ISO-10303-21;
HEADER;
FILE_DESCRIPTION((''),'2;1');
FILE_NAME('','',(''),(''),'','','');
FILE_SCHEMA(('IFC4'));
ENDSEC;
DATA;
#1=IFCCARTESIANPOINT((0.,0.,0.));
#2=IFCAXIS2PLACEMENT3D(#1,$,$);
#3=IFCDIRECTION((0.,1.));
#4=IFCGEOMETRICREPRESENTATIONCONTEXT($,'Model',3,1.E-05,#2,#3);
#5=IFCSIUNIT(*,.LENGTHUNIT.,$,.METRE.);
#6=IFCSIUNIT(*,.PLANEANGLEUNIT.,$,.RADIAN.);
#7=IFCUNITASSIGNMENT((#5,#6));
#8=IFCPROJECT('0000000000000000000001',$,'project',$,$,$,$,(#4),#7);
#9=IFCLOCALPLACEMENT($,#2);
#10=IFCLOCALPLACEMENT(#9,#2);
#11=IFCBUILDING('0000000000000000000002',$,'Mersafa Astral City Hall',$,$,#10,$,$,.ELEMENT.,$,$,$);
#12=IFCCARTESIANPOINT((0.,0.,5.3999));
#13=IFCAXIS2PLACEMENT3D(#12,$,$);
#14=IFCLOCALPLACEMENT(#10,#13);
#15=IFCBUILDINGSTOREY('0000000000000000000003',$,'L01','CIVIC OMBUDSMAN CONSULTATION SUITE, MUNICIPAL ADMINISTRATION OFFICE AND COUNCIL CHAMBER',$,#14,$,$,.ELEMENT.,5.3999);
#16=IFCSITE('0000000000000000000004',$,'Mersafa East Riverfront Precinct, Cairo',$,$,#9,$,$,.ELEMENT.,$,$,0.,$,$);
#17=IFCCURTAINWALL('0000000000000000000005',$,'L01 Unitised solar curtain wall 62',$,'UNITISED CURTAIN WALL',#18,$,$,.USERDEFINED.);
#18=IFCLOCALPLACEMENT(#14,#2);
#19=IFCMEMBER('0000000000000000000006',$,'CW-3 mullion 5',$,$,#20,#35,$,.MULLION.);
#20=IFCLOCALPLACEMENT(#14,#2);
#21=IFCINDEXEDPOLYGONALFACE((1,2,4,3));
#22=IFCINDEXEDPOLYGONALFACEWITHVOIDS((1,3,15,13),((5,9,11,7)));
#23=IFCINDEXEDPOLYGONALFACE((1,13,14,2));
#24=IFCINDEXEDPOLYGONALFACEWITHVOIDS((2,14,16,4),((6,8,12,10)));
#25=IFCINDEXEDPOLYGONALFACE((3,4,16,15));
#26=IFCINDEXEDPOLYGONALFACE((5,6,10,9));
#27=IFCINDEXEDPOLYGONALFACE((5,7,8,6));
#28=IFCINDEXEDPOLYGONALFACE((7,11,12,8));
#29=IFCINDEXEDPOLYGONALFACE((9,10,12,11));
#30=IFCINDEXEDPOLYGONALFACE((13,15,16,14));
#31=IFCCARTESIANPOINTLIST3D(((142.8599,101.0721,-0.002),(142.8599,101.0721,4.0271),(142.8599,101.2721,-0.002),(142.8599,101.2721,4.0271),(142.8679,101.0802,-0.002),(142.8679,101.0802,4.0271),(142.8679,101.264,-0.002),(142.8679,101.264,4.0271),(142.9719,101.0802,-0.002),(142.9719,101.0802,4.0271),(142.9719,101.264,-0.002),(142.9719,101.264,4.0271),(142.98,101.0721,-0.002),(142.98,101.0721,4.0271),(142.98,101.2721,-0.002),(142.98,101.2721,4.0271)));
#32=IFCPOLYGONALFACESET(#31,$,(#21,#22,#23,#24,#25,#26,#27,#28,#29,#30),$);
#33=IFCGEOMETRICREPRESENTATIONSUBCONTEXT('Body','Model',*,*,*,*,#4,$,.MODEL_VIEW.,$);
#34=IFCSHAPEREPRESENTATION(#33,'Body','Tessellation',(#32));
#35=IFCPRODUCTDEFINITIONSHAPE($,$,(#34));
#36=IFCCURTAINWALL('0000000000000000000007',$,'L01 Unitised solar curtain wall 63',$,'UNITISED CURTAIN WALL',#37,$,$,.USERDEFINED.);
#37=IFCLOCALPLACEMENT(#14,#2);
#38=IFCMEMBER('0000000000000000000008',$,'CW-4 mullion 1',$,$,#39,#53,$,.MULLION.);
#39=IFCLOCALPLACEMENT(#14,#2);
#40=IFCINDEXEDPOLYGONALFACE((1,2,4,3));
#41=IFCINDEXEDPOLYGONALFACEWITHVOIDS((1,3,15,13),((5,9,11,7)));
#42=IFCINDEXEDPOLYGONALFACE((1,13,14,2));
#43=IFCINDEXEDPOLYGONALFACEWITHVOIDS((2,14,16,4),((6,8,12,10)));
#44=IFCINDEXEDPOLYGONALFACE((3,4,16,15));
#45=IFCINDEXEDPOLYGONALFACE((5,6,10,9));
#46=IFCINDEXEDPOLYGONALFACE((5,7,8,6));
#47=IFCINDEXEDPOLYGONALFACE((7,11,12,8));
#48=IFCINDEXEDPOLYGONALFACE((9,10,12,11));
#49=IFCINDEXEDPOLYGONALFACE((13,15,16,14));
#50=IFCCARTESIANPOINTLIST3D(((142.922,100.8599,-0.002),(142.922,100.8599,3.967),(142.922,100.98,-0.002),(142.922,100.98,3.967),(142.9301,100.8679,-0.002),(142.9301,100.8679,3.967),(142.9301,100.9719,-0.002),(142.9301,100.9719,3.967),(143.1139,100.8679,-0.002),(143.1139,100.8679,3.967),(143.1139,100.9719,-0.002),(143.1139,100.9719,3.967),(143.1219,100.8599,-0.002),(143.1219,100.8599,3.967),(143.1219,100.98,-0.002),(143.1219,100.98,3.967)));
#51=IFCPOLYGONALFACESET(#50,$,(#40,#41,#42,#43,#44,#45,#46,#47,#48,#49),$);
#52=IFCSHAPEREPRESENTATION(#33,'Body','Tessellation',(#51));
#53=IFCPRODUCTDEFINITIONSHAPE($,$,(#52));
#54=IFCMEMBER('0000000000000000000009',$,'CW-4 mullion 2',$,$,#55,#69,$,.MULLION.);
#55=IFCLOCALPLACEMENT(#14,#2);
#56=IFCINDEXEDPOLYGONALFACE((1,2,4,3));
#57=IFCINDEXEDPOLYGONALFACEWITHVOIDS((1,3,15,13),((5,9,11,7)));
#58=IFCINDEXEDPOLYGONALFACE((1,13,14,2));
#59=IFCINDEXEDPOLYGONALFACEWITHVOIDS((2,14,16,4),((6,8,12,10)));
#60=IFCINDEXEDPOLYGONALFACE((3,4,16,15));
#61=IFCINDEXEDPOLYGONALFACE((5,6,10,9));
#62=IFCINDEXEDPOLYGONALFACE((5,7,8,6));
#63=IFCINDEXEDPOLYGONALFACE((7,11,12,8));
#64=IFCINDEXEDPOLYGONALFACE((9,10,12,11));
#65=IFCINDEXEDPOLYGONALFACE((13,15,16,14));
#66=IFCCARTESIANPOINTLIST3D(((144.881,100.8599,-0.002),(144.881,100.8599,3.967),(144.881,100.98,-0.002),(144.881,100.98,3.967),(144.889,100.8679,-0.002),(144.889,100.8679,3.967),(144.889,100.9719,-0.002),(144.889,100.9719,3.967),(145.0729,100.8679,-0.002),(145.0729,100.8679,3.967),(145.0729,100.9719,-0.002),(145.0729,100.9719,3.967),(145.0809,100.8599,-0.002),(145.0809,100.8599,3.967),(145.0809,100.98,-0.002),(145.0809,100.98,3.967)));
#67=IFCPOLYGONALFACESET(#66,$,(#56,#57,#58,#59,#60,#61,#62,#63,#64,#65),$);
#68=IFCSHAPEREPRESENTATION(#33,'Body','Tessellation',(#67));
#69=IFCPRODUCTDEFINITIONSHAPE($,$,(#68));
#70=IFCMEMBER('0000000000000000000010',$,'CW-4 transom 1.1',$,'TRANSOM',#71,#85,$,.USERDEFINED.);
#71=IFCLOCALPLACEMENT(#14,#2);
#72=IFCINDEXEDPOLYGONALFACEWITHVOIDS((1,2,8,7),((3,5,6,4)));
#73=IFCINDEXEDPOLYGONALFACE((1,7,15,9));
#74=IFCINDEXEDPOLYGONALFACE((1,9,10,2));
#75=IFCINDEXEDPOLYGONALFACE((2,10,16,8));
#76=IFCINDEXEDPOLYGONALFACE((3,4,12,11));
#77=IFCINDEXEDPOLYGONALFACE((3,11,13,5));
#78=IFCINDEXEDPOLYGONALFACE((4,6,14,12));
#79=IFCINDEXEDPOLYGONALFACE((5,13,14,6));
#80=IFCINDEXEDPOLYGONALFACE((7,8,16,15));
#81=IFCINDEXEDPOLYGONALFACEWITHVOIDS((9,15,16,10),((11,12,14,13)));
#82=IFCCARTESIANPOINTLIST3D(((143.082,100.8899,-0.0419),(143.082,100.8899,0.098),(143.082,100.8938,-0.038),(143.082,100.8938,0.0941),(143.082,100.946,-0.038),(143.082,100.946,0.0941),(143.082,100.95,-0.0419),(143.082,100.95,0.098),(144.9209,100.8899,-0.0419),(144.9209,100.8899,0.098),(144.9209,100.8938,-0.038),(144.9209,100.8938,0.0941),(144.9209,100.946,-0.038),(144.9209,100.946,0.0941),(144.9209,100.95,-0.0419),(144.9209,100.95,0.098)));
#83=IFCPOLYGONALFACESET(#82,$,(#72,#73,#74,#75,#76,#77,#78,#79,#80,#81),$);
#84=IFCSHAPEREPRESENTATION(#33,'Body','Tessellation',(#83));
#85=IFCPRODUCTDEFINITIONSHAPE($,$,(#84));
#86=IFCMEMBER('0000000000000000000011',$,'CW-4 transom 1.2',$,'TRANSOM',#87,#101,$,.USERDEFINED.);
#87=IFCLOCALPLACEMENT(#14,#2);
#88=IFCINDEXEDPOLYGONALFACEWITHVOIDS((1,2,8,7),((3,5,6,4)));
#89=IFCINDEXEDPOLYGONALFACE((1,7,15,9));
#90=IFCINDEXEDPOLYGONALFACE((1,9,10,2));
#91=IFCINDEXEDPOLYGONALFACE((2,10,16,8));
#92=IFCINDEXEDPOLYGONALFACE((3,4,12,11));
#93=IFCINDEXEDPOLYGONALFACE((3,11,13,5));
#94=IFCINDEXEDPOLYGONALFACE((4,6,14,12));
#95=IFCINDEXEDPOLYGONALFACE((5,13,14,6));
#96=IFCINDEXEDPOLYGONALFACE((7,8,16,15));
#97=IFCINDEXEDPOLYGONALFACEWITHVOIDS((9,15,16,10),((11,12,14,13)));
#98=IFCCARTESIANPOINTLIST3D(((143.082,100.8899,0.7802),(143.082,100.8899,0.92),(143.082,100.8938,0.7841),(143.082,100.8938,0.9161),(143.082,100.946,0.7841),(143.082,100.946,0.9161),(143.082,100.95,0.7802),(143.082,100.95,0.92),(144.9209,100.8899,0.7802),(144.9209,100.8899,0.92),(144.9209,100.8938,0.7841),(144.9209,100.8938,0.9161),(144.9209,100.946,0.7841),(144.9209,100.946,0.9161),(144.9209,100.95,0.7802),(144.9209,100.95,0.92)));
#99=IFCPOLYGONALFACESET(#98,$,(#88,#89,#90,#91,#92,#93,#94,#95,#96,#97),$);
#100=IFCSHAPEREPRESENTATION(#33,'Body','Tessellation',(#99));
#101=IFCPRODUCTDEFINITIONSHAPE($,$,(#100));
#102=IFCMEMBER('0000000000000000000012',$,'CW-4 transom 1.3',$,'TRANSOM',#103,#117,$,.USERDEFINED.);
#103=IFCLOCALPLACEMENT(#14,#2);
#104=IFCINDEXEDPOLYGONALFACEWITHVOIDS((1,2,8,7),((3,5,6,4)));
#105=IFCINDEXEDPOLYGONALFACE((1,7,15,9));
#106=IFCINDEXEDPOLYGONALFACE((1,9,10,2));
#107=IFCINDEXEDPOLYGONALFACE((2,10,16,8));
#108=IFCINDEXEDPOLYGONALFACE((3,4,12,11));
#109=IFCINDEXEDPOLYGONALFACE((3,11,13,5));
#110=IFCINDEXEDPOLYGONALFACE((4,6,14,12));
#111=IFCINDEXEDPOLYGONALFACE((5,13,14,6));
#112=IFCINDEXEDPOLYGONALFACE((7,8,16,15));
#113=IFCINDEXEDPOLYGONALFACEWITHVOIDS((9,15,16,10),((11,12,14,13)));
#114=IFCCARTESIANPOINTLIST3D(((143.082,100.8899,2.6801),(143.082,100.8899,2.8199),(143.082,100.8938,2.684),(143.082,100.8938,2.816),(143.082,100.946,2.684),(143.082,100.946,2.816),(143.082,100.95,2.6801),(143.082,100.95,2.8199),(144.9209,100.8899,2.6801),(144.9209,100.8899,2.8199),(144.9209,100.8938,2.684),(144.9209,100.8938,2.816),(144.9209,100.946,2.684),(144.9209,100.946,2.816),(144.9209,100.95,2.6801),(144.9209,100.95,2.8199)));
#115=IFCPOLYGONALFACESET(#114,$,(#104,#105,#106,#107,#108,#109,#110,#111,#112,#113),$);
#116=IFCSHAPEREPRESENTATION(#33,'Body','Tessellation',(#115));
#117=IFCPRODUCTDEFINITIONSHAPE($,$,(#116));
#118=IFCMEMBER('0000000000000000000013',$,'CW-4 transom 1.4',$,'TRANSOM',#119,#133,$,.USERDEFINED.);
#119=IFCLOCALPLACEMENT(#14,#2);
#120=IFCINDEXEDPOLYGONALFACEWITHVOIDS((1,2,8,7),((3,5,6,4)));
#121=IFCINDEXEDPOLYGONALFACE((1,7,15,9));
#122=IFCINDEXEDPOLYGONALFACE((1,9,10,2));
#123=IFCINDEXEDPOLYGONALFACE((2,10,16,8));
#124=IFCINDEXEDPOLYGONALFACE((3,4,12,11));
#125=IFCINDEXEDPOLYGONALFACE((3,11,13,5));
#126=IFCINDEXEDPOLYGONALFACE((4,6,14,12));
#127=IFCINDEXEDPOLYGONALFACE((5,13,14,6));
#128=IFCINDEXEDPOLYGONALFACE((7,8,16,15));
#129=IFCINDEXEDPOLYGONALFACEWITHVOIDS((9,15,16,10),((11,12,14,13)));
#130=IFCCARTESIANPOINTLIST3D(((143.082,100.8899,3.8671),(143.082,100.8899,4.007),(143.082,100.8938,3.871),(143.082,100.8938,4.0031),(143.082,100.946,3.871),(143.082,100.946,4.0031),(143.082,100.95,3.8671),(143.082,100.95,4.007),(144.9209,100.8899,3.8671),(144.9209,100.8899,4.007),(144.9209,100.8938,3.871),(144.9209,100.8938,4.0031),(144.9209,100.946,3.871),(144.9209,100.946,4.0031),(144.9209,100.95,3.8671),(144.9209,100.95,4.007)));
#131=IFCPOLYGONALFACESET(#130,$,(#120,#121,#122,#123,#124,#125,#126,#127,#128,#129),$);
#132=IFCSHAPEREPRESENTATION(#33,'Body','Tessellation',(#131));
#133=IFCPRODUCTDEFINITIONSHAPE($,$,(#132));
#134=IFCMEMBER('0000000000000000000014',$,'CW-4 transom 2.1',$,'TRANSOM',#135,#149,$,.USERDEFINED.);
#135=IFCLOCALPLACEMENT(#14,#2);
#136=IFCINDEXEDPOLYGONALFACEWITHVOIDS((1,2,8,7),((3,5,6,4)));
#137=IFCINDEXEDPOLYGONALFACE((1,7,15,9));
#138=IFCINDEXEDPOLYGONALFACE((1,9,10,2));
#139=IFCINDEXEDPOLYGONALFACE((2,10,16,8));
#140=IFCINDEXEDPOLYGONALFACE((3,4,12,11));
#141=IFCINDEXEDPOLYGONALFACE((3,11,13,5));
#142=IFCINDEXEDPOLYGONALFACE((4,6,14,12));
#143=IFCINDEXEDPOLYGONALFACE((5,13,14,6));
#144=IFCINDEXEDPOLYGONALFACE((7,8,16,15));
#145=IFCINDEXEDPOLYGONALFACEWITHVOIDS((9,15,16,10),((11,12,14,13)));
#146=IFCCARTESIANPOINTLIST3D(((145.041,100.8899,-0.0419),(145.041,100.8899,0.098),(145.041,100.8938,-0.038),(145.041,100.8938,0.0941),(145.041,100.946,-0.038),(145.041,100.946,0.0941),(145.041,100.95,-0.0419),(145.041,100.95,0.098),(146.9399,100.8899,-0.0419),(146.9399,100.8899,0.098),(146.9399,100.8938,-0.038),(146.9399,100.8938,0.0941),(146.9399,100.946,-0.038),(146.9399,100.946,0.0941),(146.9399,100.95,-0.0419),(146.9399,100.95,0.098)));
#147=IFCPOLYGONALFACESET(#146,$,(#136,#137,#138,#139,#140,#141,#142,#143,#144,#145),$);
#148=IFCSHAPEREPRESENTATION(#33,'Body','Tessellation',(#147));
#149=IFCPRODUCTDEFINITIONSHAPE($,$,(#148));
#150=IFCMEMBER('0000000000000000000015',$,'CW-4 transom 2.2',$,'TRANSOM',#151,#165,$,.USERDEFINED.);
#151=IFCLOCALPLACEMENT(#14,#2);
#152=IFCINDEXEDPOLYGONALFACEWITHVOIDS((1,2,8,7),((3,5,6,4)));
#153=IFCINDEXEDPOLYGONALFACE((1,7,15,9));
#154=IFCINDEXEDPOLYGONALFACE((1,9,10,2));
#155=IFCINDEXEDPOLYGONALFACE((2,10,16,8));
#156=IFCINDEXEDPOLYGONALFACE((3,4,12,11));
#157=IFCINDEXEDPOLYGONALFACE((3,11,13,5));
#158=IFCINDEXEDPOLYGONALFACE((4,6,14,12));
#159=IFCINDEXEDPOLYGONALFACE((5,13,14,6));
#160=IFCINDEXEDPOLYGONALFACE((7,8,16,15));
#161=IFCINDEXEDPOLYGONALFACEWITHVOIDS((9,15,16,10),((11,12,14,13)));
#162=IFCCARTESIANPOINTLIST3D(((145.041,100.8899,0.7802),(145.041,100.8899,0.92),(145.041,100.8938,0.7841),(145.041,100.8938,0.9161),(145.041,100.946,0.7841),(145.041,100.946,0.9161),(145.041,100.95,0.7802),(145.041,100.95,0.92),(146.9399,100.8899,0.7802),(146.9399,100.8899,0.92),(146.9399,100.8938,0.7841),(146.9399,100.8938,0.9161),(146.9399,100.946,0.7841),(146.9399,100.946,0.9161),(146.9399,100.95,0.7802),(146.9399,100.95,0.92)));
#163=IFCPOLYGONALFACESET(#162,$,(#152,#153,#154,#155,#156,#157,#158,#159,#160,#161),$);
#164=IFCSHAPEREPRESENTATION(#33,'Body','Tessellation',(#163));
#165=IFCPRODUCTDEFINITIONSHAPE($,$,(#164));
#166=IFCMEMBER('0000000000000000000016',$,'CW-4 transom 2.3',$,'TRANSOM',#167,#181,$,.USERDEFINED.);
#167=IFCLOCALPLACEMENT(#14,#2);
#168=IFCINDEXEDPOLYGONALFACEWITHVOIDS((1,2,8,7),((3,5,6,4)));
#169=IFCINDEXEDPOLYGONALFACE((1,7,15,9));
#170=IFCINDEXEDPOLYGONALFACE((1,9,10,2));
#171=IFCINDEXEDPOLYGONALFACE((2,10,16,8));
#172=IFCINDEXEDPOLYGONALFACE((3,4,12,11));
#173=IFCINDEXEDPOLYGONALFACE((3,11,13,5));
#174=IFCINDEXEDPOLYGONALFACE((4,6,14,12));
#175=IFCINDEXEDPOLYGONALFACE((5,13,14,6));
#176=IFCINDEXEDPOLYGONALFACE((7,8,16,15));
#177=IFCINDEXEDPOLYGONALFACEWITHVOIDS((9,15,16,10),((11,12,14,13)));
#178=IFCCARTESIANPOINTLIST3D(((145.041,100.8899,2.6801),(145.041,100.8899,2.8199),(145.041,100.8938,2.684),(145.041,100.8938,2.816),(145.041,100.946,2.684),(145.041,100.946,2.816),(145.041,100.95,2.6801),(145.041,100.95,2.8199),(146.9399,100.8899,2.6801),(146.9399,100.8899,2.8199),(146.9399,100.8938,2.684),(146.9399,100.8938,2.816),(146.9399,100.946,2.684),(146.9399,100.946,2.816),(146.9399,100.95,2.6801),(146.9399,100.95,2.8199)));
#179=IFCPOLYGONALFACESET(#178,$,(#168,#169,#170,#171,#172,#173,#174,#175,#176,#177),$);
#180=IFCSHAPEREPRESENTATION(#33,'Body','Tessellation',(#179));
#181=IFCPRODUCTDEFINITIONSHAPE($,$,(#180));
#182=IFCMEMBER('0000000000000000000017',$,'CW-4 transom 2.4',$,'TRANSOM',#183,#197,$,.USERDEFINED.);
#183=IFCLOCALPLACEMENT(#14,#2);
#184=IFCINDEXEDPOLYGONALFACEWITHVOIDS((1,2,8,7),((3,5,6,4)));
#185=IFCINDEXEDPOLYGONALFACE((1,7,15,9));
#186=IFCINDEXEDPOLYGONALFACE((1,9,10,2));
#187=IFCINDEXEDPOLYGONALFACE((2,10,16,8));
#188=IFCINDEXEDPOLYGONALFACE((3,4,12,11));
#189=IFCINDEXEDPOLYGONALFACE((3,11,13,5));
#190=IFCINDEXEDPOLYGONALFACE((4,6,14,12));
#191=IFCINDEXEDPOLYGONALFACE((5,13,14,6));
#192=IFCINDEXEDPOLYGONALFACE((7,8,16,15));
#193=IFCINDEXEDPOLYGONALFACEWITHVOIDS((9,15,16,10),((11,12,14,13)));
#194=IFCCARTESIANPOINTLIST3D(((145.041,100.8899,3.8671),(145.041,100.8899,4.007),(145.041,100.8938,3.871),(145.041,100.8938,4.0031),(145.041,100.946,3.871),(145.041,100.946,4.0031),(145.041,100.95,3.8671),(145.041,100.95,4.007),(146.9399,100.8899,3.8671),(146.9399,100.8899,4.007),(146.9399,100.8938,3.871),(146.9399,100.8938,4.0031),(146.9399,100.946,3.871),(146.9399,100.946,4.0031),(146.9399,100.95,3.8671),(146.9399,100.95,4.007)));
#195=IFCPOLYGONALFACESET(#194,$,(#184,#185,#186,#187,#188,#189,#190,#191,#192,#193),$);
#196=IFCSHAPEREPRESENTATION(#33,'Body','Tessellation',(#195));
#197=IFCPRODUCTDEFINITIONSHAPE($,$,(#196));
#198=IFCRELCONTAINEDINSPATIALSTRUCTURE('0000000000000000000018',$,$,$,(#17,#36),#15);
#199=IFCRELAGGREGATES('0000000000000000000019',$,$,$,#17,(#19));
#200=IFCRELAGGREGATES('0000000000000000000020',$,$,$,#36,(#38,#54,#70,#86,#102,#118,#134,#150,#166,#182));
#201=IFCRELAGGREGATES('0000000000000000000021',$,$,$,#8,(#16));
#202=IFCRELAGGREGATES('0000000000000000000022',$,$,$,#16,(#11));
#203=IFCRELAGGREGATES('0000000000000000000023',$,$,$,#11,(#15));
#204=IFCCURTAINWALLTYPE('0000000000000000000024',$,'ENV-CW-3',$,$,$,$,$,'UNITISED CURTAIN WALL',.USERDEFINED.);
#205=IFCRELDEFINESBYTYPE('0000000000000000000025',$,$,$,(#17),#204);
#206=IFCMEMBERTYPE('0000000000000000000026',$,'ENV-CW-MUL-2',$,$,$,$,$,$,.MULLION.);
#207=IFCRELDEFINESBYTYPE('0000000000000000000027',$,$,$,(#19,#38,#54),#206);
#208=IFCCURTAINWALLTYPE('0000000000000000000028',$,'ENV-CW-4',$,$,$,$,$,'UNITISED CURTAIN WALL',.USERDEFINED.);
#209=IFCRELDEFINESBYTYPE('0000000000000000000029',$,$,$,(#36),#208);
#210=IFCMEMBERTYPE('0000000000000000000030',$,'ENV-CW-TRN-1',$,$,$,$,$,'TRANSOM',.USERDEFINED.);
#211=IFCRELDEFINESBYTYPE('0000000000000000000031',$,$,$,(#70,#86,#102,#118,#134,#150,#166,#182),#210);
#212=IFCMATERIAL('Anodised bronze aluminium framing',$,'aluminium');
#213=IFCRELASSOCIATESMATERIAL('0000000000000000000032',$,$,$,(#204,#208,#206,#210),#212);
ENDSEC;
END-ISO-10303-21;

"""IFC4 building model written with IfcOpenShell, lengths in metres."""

from ifc_helpers import new_model, si_unit, direction, frame, origin, origin_2d, place, context, subcontext, project, spatial, hollow_rectangle, extrude, material, material_profile, profile_set, type_object, element, aggregate, save


model = new_model("IFC4")

# Units and contexts
model_context = context("Model", 3, precision=1e-05, world=origin(), true_north=direction((0.0, 1.0)))
body_context = subcontext(model_context, "Body", "Model", "MODEL_VIEW")
ifc_project = project(units=[si_unit("LENGTHUNIT", "METRE"), si_unit("PLANEANGLEUNIT", "RADIAN")], contexts=[model_context])

# Site, building, storey
site_placement = place(None, origin())
site = spatial("IfcSite", under=ifc_project, at=site_placement, Name="Mersafa East Riverfront Precinct, Cairo", CompositionType="ELEMENT", RefElevation=0.0)
building_placement = place(site_placement, origin())
building = spatial("IfcBuilding", under=site, at=building_placement, Name="Mersafa Astral City Hall", CompositionType="ELEMENT")
storey_placement = place(building_placement, frame((0.0, 0.0, 5.3999)))
storey = spatial("IfcBuildingStorey", under=building, at=storey_placement, Name="L01", Description="CIVIC OMBUDSMAN CONSULTATION SUITE, MUNICIPAL ADMINISTRATION OFFICE AND COUNCIL CHAMBER", CompositionType="ELEMENT", Elevation=5.3999)

# Curtain wall, member
ifc_material_1 = material(Name="Anodised bronze aluminium framing", Category="aluminium")
curtain_wall_type_1 = type_object("IfcCurtainWallType", Name="ENV-CW-3", ElementType="UNITISED CURTAIN WALL", PredefinedType="USERDEFINED", material=ifc_material_1)
curtain_wall_1_placement = place(storey_placement, origin())
curtain_wall_1 = element("IfcCurtainWall", 1, at=curtain_wall_1_placement, inside=storey, type_object=curtain_wall_type_1, Name="L01 Unitised solar curtain wall 62", ObjectType="UNITISED CURTAIN WALL", PredefinedType="USERDEFINED")
ifc_material_profile_1 = material_profile(ifc_material_1, hollow_rectangle(XDim=0.1201, YDim=0.2, WallThickness=0.0081, at=origin_2d()), Name="RHS 120x200x8")
ifc_profile_set_1 = profile_set([ifc_material_profile_1], Name="Anodised bronze aluminium framing")
member_type_1 = type_object("IfcMemberType", Name="ENV-CW-MUL-2", PredefinedType="MULLION", material=ifc_profile_set_1)
member_1_placement = place(storey_placement, frame((142.9199, 101.1721, -0.002), z_axis=(0.0, 0.0, 1.0), x_axis=(1.0, 0.0, 0.0)))
member_1 = element("IfcMember", 2, at=member_1_placement, type_object=member_type_1, Name="CW-3 mullion 5", PredefinedType="MULLION", context=body_context, shape_type="SweptSolid", body=[
    extrude(hollow_rectangle(XDim=0.1201, YDim=0.2, WallThickness=0.0081, at=origin_2d()), origin(), (0.0, 0.0, 1.0), 4.0291),
])

# Curtain wall, members
curtain_wall_type_2 = type_object("IfcCurtainWallType", Name="ENV-CW-4", ElementType="UNITISED CURTAIN WALL", PredefinedType="USERDEFINED", material=ifc_material_1)
curtain_wall_2_placement = place(storey_placement, origin())
curtain_wall_2 = element("IfcCurtainWall", 3, at=curtain_wall_2_placement, inside=storey, type_object=curtain_wall_type_2, Name="L01 Unitised solar curtain wall 63", ObjectType="UNITISED CURTAIN WALL", PredefinedType="USERDEFINED")
member_2_placement = place(storey_placement, frame((143.022, 100.9199, -0.002), z_axis=(0.0, 0.0, 1.0), x_axis=(0.0, 1.0, 0.0)))
member_2 = element("IfcMember", 4, at=member_2_placement, type_object=member_type_1, Name="CW-4 mullion 1", PredefinedType="MULLION", context=body_context, shape_type="SweptSolid", body=[
    extrude(hollow_rectangle(XDim=0.1201, YDim=0.2, WallThickness=0.0081, at=origin_2d()), origin(), (0.0, 0.0, 1.0), 3.969),
])
member_3_placement = place(storey_placement, frame((144.981, 100.9199, -0.002), z_axis=(0.0, 0.0, 1.0), x_axis=(0.0, 1.0, 0.0)))
member_3 = element("IfcMember", 5, at=member_3_placement, type_object=member_type_1, Name="CW-4 mullion 2", PredefinedType="MULLION", context=body_context, shape_type="SweptSolid", body=[
    extrude(hollow_rectangle(XDim=0.1201, YDim=0.2, WallThickness=0.0081, at=origin_2d()), origin(), (0.0, 0.0, 1.0), 3.969),
])
ifc_material_profile_2 = material_profile(ifc_material_1, hollow_rectangle(XDim=0.0601, YDim=0.1399, WallThickness=0.0039, at=origin_2d()), Name="RHS 60x140x4")
ifc_profile_set_2 = profile_set([ifc_material_profile_2], Name="Anodised bronze aluminium framing")
member_type_2 = type_object("IfcMemberType", Name="ENV-CW-TRN-1", ElementType="TRANSOM", PredefinedType="USERDEFINED", material=ifc_profile_set_2)
member_4_placement = place(storey_placement, frame((143.082, 100.9199, 0.0281), z_axis=(1.0, 0.0, 0.0), x_axis=(0.0, 1.0, 0.0)))
member_4 = element("IfcMember", 6, at=member_4_placement, type_object=member_type_2, Name="CW-4 transom 1.1", ObjectType="TRANSOM", PredefinedType="USERDEFINED", context=body_context, shape_type="SweptSolid", body=[
    extrude(hollow_rectangle(XDim=0.0601, YDim=0.1399, WallThickness=0.0039, at=origin_2d()), origin(), (0.0, 0.0, 1.0), 1.8389),
])
member_5_placement = place(storey_placement, frame((143.082, 100.9199, 0.8501), z_axis=(1.0, 0.0, 0.0), x_axis=(0.0, 1.0, 0.0)))
member_5 = element("IfcMember", 7, at=member_5_placement, type_object=member_type_2, Name="CW-4 transom 1.2", ObjectType="TRANSOM", PredefinedType="USERDEFINED", context=body_context, shape_type="SweptSolid", body=[
    extrude(hollow_rectangle(XDim=0.0601, YDim=0.1399, WallThickness=0.0039, at=origin_2d()), origin(), (0.0, 0.0, 1.0), 1.8389),
])
member_6_placement = place(storey_placement, frame((143.082, 100.9199, 2.75), z_axis=(1.0, 0.0, 0.0), x_axis=(0.0, 1.0, 0.0)))
member_6 = element("IfcMember", 8, at=member_6_placement, type_object=member_type_2, Name="CW-4 transom 1.3", ObjectType="TRANSOM", PredefinedType="USERDEFINED", context=body_context, shape_type="SweptSolid", body=[
    extrude(hollow_rectangle(XDim=0.0601, YDim=0.1399, WallThickness=0.0039, at=origin_2d()), origin(), (0.0, 0.0, 1.0), 1.8389),
])
member_7_placement = place(storey_placement, frame((143.082, 100.9199, 3.937), z_axis=(1.0, 0.0, 0.0), x_axis=(0.0, 1.0, 0.0)))
member_7 = element("IfcMember", 9, at=member_7_placement, type_object=member_type_2, Name="CW-4 transom 1.4", ObjectType="TRANSOM", PredefinedType="USERDEFINED", context=body_context, shape_type="SweptSolid", body=[
    extrude(hollow_rectangle(XDim=0.0601, YDim=0.1399, WallThickness=0.0039, at=origin_2d()), origin(), (0.0, 0.0, 1.0), 1.8389),
])
member_8_placement = place(storey_placement, frame((145.041, 100.9199, 0.0281), z_axis=(1.0, 0.0, 0.0), x_axis=(0.0, 1.0, 0.0)))
member_8 = element("IfcMember", 10, at=member_8_placement, type_object=member_type_2, Name="CW-4 transom 2.1", ObjectType="TRANSOM", PredefinedType="USERDEFINED", context=body_context, shape_type="SweptSolid", body=[
    extrude(hollow_rectangle(XDim=0.0601, YDim=0.1399, WallThickness=0.0039, at=origin_2d()), origin(), (0.0, 0.0, 1.0), 1.8989),
])
member_9_placement = place(storey_placement, frame((145.041, 100.9199, 0.8501), z_axis=(1.0, 0.0, 0.0), x_axis=(0.0, 1.0, 0.0)))
member_9 = element("IfcMember", 11, at=member_9_placement, type_object=member_type_2, Name="CW-4 transom 2.2", ObjectType="TRANSOM", PredefinedType="USERDEFINED", context=body_context, shape_type="SweptSolid", body=[
    extrude(hollow_rectangle(XDim=0.0601, YDim=0.1399, WallThickness=0.0039, at=origin_2d()), origin(), (0.0, 0.0, 1.0), 1.8989),
])
member_10_placement = place(storey_placement, frame((145.041, 100.9199, 2.75), z_axis=(1.0, 0.0, 0.0), x_axis=(0.0, 1.0, 0.0)))
member_10 = element("IfcMember", 12, at=member_10_placement, type_object=member_type_2, Name="CW-4 transom 2.3", ObjectType="TRANSOM", PredefinedType="USERDEFINED", context=body_context, shape_type="SweptSolid", body=[
    extrude(hollow_rectangle(XDim=0.0601, YDim=0.1399, WallThickness=0.0039, at=origin_2d()), origin(), (0.0, 0.0, 1.0), 1.8989),
])
member_11_placement = place(storey_placement, frame((145.041, 100.9199, 3.937), z_axis=(1.0, 0.0, 0.0), x_axis=(0.0, 1.0, 0.0)))
member_11 = element("IfcMember", 13, at=member_11_placement, type_object=member_type_2, Name="CW-4 transom 2.4", ObjectType="TRANSOM", PredefinedType="USERDEFINED", context=body_context, shape_type="SweptSolid", body=[
    extrude(hollow_rectangle(XDim=0.0601, YDim=0.1399, WallThickness=0.0039, at=origin_2d()), origin(), (0.0, 0.0, 1.0), 1.8989),
])

aggregate(curtain_wall_1, [member_1])
aggregate(curtain_wall_2, [member_2, member_3, member_4, member_5, member_6, member_7, member_8, member_9, member_10, member_11])

save(model, "model.ifc")
